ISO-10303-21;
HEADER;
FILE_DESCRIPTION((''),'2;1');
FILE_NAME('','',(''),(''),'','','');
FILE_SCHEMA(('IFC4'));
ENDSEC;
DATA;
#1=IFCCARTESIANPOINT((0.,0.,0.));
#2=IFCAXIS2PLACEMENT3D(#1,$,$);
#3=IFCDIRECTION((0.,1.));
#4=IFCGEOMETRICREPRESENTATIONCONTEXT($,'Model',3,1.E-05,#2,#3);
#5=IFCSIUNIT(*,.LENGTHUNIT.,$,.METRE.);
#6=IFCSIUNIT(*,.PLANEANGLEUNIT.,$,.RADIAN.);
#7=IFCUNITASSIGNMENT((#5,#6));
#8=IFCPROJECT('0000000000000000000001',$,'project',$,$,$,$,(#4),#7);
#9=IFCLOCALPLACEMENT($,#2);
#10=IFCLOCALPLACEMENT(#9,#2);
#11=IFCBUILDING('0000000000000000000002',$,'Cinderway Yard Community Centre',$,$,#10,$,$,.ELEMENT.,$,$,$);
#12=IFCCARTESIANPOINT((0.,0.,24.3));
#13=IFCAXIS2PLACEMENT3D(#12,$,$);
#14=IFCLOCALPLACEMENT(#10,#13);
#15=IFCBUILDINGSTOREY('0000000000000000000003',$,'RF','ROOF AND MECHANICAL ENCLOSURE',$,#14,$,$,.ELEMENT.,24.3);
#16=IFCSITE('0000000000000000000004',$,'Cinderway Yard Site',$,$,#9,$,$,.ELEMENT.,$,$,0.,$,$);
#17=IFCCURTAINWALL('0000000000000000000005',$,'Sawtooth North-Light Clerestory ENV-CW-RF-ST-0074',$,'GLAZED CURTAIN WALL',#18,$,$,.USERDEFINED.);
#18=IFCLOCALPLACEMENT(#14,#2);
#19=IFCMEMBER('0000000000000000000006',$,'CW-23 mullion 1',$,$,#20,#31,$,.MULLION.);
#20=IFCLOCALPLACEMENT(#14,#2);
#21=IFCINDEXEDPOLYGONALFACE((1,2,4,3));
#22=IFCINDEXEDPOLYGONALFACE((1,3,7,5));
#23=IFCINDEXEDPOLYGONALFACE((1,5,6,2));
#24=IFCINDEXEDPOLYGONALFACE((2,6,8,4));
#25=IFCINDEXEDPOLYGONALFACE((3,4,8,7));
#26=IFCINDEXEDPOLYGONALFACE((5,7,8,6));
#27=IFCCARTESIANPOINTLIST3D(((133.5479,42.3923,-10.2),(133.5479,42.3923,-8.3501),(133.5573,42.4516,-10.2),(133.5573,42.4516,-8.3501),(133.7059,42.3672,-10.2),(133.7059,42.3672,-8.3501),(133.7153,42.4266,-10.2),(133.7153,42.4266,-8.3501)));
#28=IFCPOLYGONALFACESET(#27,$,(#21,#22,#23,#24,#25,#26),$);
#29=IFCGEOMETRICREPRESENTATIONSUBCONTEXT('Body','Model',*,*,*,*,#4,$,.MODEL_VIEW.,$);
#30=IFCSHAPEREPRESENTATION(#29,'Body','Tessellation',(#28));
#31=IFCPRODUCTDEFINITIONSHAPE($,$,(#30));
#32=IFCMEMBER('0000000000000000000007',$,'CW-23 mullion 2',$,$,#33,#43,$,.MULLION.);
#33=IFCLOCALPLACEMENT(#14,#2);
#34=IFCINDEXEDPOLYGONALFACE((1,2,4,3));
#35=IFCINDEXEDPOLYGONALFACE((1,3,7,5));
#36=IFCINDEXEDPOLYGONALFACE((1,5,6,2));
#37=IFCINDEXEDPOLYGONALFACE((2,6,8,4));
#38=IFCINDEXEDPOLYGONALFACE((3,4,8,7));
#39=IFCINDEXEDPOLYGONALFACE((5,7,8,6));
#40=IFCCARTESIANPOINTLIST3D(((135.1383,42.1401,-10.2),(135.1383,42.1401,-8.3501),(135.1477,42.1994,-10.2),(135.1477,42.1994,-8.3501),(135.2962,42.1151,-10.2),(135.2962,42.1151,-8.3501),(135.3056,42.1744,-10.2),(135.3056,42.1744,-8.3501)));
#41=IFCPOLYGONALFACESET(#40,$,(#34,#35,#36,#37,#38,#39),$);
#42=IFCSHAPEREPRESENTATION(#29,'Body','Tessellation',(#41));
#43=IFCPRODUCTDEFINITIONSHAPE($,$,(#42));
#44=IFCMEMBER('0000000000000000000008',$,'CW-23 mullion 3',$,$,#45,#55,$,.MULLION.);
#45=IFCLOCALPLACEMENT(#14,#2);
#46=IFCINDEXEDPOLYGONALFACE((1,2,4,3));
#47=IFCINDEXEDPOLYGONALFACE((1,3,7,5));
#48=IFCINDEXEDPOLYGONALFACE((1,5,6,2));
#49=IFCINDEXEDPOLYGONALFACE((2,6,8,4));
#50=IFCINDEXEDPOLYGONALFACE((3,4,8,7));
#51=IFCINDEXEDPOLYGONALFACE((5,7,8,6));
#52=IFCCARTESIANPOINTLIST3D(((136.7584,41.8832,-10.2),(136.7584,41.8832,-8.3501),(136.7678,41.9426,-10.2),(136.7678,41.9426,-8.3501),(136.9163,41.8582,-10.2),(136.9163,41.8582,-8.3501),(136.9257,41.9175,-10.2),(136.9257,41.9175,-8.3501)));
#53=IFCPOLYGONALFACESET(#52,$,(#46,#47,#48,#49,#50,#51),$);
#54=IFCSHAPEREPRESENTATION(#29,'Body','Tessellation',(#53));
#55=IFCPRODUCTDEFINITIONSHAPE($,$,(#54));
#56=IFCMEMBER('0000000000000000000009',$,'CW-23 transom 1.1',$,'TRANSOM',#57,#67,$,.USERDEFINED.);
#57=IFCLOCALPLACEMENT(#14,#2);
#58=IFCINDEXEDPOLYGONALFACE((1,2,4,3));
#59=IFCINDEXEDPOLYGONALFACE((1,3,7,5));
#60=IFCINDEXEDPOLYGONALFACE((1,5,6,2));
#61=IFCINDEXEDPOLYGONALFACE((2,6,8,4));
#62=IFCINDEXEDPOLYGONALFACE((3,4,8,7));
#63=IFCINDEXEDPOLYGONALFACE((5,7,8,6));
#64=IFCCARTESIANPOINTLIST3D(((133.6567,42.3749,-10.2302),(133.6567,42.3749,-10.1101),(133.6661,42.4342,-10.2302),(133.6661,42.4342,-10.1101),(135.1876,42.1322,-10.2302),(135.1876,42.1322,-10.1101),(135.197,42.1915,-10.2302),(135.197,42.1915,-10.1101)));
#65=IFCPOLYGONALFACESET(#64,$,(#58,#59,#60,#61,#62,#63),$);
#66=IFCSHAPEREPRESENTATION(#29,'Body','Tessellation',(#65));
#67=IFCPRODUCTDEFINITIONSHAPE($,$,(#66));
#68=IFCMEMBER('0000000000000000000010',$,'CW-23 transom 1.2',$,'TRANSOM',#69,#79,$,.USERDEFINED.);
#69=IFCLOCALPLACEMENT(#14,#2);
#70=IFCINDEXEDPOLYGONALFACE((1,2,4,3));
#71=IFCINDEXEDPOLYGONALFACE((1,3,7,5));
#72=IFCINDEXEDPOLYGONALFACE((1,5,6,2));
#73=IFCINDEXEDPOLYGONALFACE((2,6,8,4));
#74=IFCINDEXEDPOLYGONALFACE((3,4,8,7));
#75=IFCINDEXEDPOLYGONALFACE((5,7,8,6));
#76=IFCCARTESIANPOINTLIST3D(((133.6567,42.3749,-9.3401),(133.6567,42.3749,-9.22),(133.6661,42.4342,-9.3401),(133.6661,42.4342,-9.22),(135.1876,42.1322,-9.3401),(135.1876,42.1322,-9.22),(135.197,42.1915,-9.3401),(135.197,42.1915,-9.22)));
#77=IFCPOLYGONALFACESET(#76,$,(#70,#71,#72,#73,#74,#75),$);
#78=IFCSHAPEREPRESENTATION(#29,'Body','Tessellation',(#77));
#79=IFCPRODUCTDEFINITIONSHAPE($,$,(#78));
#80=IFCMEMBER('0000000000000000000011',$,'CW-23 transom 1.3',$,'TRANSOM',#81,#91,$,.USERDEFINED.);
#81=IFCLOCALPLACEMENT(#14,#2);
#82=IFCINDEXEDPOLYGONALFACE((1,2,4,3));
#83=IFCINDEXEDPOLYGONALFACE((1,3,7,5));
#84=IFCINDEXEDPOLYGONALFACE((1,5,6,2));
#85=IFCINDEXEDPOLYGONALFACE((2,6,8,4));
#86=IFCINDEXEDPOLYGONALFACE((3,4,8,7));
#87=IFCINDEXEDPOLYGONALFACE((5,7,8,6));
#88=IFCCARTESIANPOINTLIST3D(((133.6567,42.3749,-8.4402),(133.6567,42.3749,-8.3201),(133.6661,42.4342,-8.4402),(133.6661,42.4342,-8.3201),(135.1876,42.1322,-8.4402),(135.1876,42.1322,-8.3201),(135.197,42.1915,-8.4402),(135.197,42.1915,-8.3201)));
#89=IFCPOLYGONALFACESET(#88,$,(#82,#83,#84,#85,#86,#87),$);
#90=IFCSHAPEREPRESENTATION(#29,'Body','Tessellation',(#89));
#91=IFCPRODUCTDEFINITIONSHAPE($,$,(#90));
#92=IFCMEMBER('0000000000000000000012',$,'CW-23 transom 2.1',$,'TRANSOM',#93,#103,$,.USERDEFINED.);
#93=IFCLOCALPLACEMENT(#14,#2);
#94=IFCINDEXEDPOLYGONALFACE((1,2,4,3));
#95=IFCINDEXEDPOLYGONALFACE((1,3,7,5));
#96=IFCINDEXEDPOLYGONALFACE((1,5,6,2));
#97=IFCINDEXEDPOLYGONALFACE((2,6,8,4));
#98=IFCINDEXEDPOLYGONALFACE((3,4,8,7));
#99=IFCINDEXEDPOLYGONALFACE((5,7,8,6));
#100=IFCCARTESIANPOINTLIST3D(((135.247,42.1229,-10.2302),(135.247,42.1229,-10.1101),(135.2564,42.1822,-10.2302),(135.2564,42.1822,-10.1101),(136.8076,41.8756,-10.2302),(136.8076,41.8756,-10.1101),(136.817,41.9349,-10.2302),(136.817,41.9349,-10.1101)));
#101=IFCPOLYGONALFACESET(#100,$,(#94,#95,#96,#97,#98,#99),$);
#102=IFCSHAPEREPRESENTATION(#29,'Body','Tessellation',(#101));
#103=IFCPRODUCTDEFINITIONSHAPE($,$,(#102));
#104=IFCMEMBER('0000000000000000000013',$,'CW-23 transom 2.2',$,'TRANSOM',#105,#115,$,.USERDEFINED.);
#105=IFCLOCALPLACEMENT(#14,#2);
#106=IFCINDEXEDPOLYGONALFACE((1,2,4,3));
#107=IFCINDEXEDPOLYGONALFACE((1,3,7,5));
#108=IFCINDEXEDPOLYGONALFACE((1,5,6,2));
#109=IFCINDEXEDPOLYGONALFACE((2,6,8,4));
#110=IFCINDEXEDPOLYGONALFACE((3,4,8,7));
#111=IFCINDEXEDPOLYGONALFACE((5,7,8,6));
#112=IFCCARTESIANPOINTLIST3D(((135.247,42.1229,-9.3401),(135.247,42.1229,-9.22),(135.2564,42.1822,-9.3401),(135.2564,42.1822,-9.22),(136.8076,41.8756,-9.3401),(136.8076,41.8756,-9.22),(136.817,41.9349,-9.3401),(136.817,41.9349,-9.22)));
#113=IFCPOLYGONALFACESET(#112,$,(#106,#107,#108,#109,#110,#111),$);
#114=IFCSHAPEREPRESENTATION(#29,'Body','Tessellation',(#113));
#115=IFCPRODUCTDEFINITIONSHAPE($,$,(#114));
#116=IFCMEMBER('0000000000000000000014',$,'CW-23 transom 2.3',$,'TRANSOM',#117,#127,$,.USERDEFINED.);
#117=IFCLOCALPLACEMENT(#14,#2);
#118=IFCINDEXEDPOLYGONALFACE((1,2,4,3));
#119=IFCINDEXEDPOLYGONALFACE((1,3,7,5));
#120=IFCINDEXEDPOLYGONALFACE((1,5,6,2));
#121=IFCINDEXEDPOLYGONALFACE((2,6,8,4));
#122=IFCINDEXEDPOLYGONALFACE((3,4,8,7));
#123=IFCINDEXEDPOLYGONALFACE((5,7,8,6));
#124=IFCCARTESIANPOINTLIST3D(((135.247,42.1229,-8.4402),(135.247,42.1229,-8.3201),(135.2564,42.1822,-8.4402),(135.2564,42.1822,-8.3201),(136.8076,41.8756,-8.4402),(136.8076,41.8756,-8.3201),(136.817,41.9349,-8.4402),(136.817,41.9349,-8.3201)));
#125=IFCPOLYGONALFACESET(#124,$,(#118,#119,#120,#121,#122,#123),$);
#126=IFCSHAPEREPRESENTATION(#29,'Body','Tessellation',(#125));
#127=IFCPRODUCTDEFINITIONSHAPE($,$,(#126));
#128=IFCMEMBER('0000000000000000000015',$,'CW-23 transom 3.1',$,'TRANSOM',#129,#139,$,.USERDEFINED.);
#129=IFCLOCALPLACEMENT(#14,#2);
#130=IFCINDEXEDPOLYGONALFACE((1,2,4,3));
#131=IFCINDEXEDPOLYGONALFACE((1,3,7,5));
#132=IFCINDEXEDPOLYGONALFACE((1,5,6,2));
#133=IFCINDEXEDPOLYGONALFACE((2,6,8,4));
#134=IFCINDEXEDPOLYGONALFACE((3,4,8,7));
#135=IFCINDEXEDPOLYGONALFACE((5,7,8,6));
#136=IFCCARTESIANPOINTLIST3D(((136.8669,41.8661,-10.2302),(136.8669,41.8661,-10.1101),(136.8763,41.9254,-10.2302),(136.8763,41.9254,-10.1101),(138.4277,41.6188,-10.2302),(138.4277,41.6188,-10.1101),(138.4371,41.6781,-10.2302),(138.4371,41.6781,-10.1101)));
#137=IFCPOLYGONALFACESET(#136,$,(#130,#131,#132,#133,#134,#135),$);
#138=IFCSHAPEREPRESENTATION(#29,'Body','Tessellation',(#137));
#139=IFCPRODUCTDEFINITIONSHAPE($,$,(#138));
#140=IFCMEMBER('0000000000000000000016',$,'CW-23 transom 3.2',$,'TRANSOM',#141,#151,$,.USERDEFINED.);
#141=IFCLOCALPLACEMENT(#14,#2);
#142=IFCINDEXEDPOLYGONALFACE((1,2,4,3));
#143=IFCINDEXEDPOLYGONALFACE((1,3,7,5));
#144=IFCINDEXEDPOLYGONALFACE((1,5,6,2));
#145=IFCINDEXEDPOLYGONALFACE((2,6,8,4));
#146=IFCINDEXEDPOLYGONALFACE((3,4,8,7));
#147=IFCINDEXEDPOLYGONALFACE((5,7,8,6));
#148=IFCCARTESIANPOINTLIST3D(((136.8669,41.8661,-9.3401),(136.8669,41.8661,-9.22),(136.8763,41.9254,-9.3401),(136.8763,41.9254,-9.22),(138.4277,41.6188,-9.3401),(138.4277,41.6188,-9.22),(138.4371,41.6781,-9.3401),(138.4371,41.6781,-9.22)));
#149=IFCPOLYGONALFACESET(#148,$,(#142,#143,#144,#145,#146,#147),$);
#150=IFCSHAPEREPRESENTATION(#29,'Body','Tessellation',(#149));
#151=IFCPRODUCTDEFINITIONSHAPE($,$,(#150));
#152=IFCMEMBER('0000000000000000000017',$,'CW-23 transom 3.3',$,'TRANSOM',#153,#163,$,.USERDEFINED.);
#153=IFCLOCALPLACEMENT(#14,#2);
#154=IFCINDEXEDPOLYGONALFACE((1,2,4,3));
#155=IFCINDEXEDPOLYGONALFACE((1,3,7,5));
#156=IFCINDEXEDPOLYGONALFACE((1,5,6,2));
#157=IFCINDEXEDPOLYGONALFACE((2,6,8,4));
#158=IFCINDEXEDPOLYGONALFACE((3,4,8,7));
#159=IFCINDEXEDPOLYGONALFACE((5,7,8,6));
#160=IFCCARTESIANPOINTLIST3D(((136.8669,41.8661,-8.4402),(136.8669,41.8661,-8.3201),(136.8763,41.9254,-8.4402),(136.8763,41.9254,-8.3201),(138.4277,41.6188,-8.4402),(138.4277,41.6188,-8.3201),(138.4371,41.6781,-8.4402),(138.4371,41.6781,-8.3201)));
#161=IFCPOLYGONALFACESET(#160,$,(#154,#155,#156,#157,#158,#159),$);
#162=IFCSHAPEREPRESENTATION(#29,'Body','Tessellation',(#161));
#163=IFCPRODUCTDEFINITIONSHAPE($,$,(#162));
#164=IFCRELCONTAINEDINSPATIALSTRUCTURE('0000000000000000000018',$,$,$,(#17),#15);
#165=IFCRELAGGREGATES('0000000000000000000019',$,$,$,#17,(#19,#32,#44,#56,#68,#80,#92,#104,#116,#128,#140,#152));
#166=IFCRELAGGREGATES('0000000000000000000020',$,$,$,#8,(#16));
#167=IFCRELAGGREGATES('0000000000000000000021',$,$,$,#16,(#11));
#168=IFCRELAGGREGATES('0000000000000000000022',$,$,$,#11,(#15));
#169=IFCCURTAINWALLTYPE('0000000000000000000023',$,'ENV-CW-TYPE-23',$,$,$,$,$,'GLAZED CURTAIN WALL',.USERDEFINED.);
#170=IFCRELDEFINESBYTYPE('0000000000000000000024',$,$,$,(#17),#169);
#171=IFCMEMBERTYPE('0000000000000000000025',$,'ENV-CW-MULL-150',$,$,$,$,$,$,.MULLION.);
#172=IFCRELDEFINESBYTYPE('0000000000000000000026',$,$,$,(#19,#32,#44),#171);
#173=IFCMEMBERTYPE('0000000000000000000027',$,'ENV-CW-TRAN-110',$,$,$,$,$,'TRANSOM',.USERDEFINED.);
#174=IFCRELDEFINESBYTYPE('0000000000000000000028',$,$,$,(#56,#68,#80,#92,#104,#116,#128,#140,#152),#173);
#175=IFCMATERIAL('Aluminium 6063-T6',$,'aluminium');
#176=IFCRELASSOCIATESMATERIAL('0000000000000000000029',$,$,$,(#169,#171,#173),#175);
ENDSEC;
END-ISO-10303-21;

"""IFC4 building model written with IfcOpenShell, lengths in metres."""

from ifc_helpers import new_model, si_unit, direction, frame, origin, origin_2d, place, context, subcontext, project, spatial, rectangle, extrude, material, material_profile, profile_set, type_object, element, aggregate, save


model = new_model("IFC4")

# Units and contexts
model_context = context("Model", 3, precision=1e-05, world=origin(), true_north=direction((0.0, 1.0)))
body_context = subcontext(model_context, "Body", "Model", "MODEL_VIEW")
ifc_project = project(units=[si_unit("LENGTHUNIT", "METRE"), si_unit("PLANEANGLEUNIT", "RADIAN")], contexts=[model_context])

# Site, building, storey
site_placement = place(None, origin())
site = spatial("IfcSite", under=ifc_project, at=site_placement, Name="Cinderway Yard Site", CompositionType="ELEMENT", RefElevation=0.0)
building_placement = place(site_placement, origin())
building = spatial("IfcBuilding", under=site, at=building_placement, Name="Cinderway Yard Community Centre", CompositionType="ELEMENT")
storey_placement = place(building_placement, frame((0.0, 0.0, 24.3)))
storey = spatial("IfcBuildingStorey", under=building, at=storey_placement, Name="RF", Description="ROOF AND MECHANICAL ENCLOSURE", CompositionType="ELEMENT", Elevation=24.3)

# Curtain wall, members
ifc_material_1 = material(Name="Aluminium 6063-T6", Category="aluminium")
curtain_wall_type = type_object("IfcCurtainWallType", Name="ENV-CW-TYPE-23", ElementType="GLAZED CURTAIN WALL", PredefinedType="USERDEFINED", material=ifc_material_1)
curtain_wall_placement = place(storey_placement, origin())
curtain_wall = element("IfcCurtainWall", 1, at=curtain_wall_placement, inside=storey, type_object=curtain_wall_type, Name="Sawtooth North-Light Clerestory ENV-CW-RF-ST-0074", ObjectType="GLAZED CURTAIN WALL", PredefinedType="USERDEFINED")
ifc_material_profile_1 = material_profile(ifc_material_1, rectangle(XDim=0.0601, YDim=0.1599, at=origin_2d()), Name="Aluminium 6063-T6")
ifc_profile_set_1 = profile_set([ifc_material_profile_1], Name="Aluminium 6063-T6")
member_type_1 = type_object("IfcMemberType", Name="ENV-CW-MULL-150", PredefinedType="MULLION", material=ifc_profile_set_1)
member_1_placement = place(storey_placement, frame((133.6316, 42.4094, -10.2), z_axis=(0.0, 0.0, 1.0), x_axis=(0.156534, 0.987673, 0.0)))
member_1 = element("IfcMember", 2, at=member_1_placement, type_object=member_type_1, Name="CW-23 mullion 1", PredefinedType="MULLION", context=body_context, shape_type="SweptSolid", body=[
    extrude(rectangle(XDim=0.0601, YDim=0.1599, at=origin_2d()), origin(), (0.0, 0.0, 1.0), 1.8499),
])
member_2_placement = place(storey_placement, frame((135.2219, 42.1572, -10.2), z_axis=(0.0, 0.0, 1.0), x_axis=(0.156534, 0.987673, 0.0)))
member_2 = element("IfcMember", 3, at=member_2_placement, type_object=member_type_1, Name="CW-23 mullion 2", PredefinedType="MULLION", context=body_context, shape_type="SweptSolid", body=[
    extrude(rectangle(XDim=0.0601, YDim=0.1599, at=origin_2d()), origin(), (0.0, 0.0, 1.0), 1.8499),
])
member_3_placement = place(storey_placement, frame((136.842, 41.9004, -10.2), z_axis=(0.0, 0.0, 1.0), x_axis=(0.156534, 0.987673, 0.0)))
member_3 = element("IfcMember", 4, at=member_3_placement, type_object=member_type_1, Name="CW-23 mullion 3", PredefinedType="MULLION", context=body_context, shape_type="SweptSolid", body=[
    extrude(rectangle(XDim=0.0601, YDim=0.1599, at=origin_2d()), origin(), (0.0, 0.0, 1.0), 1.8499),
])
ifc_material_profile_2 = material_profile(ifc_material_1, rectangle(XDim=0.0601, YDim=0.1201, at=origin_2d()), Name="Aluminium 6063-T6")
ifc_profile_set_2 = profile_set([ifc_material_profile_2], Name="Aluminium 6063-T6")
member_type_2 = type_object("IfcMemberType", Name="ENV-CW-TRAN-110", ElementType="TRANSOM", PredefinedType="USERDEFINED", material=ifc_profile_set_2)
member_4_placement = place(storey_placement, frame((133.6614, 42.4045, -10.1702), z_axis=(0.98767, -0.156553, 0.0), x_axis=(0.156553, 0.98767, 0.0)))
member_4 = element("IfcMember", 5, at=member_4_placement, type_object=member_type_2, Name="CW-23 transom 1.1", ObjectType="TRANSOM", PredefinedType="USERDEFINED", context=body_context, shape_type="SweptSolid", body=[
    extrude(rectangle(XDim=0.0601, YDim=0.1201, at=origin_2d()), origin(), (0.0, 0.0, 1.0), 1.55),
])
member_5_placement = place(storey_placement, frame((133.6614, 42.4045, -9.28), z_axis=(0.98767, -0.156553, 0.0), x_axis=(0.156553, 0.98767, 0.0)))
member_5 = element("IfcMember", 6, at=member_5_placement, type_object=member_type_2, Name="CW-23 transom 1.2", ObjectType="TRANSOM", PredefinedType="USERDEFINED", context=body_context, shape_type="SweptSolid", body=[
    extrude(rectangle(XDim=0.0601, YDim=0.1201, at=origin_2d()), origin(), (0.0, 0.0, 1.0), 1.55),
])
member_6_placement = place(storey_placement, frame((133.6614, 42.4045, -8.3801), z_axis=(0.98767, -0.156553, 0.0), x_axis=(0.156553, 0.98767, 0.0)))
member_6 = element("IfcMember", 7, at=member_6_placement, type_object=member_type_2, Name="CW-23 transom 1.3", ObjectType="TRANSOM", PredefinedType="USERDEFINED", context=body_context, shape_type="SweptSolid", body=[
    extrude(rectangle(XDim=0.0601, YDim=0.1201, at=origin_2d()), origin(), (0.0, 0.0, 1.0), 1.55),
])
member_7_placement = place(storey_placement, frame((135.2517, 42.1526, -10.1702), z_axis=(0.987674, -0.156526, 0.0), x_axis=(0.156526, 0.987674, 0.0)))
member_7 = element("IfcMember", 8, at=member_7_placement, type_object=member_type_2, Name="CW-23 transom 2.1", ObjectType="TRANSOM", PredefinedType="USERDEFINED", context=body_context, shape_type="SweptSolid", body=[
    extrude(rectangle(XDim=0.0601, YDim=0.1201, at=origin_2d()), origin(), (0.0, 0.0, 1.0), 1.5801),
])
member_8_placement = place(storey_placement, frame((135.2517, 42.1526, -9.28), z_axis=(0.987674, -0.156526, 0.0), x_axis=(0.156526, 0.987674, 0.0)))
member_8 = element("IfcMember", 9, at=member_8_placement, type_object=member_type_2, Name="CW-23 transom 2.2", ObjectType="TRANSOM", PredefinedType="USERDEFINED", context=body_context, shape_type="SweptSolid", body=[
    extrude(rectangle(XDim=0.0601, YDim=0.1201, at=origin_2d()), origin(), (0.0, 0.0, 1.0), 1.5801),
])
member_9_placement = place(storey_placement, frame((135.2517, 42.1526, -8.3801), z_axis=(0.987674, -0.156526, 0.0), x_axis=(0.156526, 0.987674, 0.0)))
member_9 = element("IfcMember", 10, at=member_9_placement, type_object=member_type_2, Name="CW-23 transom 2.3", ObjectType="TRANSOM", PredefinedType="USERDEFINED", context=body_context, shape_type="SweptSolid", body=[
    extrude(rectangle(XDim=0.0601, YDim=0.1201, at=origin_2d()), origin(), (0.0, 0.0, 1.0), 1.5801),
])
member_10_placement = place(storey_placement, frame((136.8716, 41.8958, -10.1702), z_axis=(0.987678, -0.156502, 0.0), x_axis=(0.156502, 0.987678, 0.0)))
member_10 = element("IfcMember", 11, at=member_10_placement, type_object=member_type_2, Name="CW-23 transom 3.1", ObjectType="TRANSOM", PredefinedType="USERDEFINED", context=body_context, shape_type="SweptSolid", body=[
    extrude(rectangle(XDim=0.0601, YDim=0.1201, at=origin_2d()), origin(), (0.0, 0.0, 1.0), 1.5803),
])
member_11_placement = place(storey_placement, frame((136.8716, 41.8958, -9.28), z_axis=(0.987678, -0.156502, 0.0), x_axis=(0.156502, 0.987678, 0.0)))
member_11 = element("IfcMember", 12, at=member_11_placement, type_object=member_type_2, Name="CW-23 transom 3.2", ObjectType="TRANSOM", PredefinedType="USERDEFINED", context=body_context, shape_type="SweptSolid", body=[
    extrude(rectangle(XDim=0.0601, YDim=0.1201, at=origin_2d()), origin(), (0.0, 0.0, 1.0), 1.5803),
])
member_12_placement = place(storey_placement, frame((136.8716, 41.8958, -8.3801), z_axis=(0.987678, -0.156502, 0.0), x_axis=(0.156502, 0.987678, 0.0)))
member_12 = element("IfcMember", 13, at=member_12_placement, type_object=member_type_2, Name="CW-23 transom 3.3", ObjectType="TRANSOM", PredefinedType="USERDEFINED", context=body_context, shape_type="SweptSolid", body=[
    extrude(rectangle(XDim=0.0601, YDim=0.1201, at=origin_2d()), origin(), (0.0, 0.0, 1.0), 1.5803),
])

aggregate(curtain_wall, [member_1, member_2, member_3, member_4, member_5, member_6, member_7, member_8, member_9, member_10, member_11, member_12])

save(model, "model.ifc")
